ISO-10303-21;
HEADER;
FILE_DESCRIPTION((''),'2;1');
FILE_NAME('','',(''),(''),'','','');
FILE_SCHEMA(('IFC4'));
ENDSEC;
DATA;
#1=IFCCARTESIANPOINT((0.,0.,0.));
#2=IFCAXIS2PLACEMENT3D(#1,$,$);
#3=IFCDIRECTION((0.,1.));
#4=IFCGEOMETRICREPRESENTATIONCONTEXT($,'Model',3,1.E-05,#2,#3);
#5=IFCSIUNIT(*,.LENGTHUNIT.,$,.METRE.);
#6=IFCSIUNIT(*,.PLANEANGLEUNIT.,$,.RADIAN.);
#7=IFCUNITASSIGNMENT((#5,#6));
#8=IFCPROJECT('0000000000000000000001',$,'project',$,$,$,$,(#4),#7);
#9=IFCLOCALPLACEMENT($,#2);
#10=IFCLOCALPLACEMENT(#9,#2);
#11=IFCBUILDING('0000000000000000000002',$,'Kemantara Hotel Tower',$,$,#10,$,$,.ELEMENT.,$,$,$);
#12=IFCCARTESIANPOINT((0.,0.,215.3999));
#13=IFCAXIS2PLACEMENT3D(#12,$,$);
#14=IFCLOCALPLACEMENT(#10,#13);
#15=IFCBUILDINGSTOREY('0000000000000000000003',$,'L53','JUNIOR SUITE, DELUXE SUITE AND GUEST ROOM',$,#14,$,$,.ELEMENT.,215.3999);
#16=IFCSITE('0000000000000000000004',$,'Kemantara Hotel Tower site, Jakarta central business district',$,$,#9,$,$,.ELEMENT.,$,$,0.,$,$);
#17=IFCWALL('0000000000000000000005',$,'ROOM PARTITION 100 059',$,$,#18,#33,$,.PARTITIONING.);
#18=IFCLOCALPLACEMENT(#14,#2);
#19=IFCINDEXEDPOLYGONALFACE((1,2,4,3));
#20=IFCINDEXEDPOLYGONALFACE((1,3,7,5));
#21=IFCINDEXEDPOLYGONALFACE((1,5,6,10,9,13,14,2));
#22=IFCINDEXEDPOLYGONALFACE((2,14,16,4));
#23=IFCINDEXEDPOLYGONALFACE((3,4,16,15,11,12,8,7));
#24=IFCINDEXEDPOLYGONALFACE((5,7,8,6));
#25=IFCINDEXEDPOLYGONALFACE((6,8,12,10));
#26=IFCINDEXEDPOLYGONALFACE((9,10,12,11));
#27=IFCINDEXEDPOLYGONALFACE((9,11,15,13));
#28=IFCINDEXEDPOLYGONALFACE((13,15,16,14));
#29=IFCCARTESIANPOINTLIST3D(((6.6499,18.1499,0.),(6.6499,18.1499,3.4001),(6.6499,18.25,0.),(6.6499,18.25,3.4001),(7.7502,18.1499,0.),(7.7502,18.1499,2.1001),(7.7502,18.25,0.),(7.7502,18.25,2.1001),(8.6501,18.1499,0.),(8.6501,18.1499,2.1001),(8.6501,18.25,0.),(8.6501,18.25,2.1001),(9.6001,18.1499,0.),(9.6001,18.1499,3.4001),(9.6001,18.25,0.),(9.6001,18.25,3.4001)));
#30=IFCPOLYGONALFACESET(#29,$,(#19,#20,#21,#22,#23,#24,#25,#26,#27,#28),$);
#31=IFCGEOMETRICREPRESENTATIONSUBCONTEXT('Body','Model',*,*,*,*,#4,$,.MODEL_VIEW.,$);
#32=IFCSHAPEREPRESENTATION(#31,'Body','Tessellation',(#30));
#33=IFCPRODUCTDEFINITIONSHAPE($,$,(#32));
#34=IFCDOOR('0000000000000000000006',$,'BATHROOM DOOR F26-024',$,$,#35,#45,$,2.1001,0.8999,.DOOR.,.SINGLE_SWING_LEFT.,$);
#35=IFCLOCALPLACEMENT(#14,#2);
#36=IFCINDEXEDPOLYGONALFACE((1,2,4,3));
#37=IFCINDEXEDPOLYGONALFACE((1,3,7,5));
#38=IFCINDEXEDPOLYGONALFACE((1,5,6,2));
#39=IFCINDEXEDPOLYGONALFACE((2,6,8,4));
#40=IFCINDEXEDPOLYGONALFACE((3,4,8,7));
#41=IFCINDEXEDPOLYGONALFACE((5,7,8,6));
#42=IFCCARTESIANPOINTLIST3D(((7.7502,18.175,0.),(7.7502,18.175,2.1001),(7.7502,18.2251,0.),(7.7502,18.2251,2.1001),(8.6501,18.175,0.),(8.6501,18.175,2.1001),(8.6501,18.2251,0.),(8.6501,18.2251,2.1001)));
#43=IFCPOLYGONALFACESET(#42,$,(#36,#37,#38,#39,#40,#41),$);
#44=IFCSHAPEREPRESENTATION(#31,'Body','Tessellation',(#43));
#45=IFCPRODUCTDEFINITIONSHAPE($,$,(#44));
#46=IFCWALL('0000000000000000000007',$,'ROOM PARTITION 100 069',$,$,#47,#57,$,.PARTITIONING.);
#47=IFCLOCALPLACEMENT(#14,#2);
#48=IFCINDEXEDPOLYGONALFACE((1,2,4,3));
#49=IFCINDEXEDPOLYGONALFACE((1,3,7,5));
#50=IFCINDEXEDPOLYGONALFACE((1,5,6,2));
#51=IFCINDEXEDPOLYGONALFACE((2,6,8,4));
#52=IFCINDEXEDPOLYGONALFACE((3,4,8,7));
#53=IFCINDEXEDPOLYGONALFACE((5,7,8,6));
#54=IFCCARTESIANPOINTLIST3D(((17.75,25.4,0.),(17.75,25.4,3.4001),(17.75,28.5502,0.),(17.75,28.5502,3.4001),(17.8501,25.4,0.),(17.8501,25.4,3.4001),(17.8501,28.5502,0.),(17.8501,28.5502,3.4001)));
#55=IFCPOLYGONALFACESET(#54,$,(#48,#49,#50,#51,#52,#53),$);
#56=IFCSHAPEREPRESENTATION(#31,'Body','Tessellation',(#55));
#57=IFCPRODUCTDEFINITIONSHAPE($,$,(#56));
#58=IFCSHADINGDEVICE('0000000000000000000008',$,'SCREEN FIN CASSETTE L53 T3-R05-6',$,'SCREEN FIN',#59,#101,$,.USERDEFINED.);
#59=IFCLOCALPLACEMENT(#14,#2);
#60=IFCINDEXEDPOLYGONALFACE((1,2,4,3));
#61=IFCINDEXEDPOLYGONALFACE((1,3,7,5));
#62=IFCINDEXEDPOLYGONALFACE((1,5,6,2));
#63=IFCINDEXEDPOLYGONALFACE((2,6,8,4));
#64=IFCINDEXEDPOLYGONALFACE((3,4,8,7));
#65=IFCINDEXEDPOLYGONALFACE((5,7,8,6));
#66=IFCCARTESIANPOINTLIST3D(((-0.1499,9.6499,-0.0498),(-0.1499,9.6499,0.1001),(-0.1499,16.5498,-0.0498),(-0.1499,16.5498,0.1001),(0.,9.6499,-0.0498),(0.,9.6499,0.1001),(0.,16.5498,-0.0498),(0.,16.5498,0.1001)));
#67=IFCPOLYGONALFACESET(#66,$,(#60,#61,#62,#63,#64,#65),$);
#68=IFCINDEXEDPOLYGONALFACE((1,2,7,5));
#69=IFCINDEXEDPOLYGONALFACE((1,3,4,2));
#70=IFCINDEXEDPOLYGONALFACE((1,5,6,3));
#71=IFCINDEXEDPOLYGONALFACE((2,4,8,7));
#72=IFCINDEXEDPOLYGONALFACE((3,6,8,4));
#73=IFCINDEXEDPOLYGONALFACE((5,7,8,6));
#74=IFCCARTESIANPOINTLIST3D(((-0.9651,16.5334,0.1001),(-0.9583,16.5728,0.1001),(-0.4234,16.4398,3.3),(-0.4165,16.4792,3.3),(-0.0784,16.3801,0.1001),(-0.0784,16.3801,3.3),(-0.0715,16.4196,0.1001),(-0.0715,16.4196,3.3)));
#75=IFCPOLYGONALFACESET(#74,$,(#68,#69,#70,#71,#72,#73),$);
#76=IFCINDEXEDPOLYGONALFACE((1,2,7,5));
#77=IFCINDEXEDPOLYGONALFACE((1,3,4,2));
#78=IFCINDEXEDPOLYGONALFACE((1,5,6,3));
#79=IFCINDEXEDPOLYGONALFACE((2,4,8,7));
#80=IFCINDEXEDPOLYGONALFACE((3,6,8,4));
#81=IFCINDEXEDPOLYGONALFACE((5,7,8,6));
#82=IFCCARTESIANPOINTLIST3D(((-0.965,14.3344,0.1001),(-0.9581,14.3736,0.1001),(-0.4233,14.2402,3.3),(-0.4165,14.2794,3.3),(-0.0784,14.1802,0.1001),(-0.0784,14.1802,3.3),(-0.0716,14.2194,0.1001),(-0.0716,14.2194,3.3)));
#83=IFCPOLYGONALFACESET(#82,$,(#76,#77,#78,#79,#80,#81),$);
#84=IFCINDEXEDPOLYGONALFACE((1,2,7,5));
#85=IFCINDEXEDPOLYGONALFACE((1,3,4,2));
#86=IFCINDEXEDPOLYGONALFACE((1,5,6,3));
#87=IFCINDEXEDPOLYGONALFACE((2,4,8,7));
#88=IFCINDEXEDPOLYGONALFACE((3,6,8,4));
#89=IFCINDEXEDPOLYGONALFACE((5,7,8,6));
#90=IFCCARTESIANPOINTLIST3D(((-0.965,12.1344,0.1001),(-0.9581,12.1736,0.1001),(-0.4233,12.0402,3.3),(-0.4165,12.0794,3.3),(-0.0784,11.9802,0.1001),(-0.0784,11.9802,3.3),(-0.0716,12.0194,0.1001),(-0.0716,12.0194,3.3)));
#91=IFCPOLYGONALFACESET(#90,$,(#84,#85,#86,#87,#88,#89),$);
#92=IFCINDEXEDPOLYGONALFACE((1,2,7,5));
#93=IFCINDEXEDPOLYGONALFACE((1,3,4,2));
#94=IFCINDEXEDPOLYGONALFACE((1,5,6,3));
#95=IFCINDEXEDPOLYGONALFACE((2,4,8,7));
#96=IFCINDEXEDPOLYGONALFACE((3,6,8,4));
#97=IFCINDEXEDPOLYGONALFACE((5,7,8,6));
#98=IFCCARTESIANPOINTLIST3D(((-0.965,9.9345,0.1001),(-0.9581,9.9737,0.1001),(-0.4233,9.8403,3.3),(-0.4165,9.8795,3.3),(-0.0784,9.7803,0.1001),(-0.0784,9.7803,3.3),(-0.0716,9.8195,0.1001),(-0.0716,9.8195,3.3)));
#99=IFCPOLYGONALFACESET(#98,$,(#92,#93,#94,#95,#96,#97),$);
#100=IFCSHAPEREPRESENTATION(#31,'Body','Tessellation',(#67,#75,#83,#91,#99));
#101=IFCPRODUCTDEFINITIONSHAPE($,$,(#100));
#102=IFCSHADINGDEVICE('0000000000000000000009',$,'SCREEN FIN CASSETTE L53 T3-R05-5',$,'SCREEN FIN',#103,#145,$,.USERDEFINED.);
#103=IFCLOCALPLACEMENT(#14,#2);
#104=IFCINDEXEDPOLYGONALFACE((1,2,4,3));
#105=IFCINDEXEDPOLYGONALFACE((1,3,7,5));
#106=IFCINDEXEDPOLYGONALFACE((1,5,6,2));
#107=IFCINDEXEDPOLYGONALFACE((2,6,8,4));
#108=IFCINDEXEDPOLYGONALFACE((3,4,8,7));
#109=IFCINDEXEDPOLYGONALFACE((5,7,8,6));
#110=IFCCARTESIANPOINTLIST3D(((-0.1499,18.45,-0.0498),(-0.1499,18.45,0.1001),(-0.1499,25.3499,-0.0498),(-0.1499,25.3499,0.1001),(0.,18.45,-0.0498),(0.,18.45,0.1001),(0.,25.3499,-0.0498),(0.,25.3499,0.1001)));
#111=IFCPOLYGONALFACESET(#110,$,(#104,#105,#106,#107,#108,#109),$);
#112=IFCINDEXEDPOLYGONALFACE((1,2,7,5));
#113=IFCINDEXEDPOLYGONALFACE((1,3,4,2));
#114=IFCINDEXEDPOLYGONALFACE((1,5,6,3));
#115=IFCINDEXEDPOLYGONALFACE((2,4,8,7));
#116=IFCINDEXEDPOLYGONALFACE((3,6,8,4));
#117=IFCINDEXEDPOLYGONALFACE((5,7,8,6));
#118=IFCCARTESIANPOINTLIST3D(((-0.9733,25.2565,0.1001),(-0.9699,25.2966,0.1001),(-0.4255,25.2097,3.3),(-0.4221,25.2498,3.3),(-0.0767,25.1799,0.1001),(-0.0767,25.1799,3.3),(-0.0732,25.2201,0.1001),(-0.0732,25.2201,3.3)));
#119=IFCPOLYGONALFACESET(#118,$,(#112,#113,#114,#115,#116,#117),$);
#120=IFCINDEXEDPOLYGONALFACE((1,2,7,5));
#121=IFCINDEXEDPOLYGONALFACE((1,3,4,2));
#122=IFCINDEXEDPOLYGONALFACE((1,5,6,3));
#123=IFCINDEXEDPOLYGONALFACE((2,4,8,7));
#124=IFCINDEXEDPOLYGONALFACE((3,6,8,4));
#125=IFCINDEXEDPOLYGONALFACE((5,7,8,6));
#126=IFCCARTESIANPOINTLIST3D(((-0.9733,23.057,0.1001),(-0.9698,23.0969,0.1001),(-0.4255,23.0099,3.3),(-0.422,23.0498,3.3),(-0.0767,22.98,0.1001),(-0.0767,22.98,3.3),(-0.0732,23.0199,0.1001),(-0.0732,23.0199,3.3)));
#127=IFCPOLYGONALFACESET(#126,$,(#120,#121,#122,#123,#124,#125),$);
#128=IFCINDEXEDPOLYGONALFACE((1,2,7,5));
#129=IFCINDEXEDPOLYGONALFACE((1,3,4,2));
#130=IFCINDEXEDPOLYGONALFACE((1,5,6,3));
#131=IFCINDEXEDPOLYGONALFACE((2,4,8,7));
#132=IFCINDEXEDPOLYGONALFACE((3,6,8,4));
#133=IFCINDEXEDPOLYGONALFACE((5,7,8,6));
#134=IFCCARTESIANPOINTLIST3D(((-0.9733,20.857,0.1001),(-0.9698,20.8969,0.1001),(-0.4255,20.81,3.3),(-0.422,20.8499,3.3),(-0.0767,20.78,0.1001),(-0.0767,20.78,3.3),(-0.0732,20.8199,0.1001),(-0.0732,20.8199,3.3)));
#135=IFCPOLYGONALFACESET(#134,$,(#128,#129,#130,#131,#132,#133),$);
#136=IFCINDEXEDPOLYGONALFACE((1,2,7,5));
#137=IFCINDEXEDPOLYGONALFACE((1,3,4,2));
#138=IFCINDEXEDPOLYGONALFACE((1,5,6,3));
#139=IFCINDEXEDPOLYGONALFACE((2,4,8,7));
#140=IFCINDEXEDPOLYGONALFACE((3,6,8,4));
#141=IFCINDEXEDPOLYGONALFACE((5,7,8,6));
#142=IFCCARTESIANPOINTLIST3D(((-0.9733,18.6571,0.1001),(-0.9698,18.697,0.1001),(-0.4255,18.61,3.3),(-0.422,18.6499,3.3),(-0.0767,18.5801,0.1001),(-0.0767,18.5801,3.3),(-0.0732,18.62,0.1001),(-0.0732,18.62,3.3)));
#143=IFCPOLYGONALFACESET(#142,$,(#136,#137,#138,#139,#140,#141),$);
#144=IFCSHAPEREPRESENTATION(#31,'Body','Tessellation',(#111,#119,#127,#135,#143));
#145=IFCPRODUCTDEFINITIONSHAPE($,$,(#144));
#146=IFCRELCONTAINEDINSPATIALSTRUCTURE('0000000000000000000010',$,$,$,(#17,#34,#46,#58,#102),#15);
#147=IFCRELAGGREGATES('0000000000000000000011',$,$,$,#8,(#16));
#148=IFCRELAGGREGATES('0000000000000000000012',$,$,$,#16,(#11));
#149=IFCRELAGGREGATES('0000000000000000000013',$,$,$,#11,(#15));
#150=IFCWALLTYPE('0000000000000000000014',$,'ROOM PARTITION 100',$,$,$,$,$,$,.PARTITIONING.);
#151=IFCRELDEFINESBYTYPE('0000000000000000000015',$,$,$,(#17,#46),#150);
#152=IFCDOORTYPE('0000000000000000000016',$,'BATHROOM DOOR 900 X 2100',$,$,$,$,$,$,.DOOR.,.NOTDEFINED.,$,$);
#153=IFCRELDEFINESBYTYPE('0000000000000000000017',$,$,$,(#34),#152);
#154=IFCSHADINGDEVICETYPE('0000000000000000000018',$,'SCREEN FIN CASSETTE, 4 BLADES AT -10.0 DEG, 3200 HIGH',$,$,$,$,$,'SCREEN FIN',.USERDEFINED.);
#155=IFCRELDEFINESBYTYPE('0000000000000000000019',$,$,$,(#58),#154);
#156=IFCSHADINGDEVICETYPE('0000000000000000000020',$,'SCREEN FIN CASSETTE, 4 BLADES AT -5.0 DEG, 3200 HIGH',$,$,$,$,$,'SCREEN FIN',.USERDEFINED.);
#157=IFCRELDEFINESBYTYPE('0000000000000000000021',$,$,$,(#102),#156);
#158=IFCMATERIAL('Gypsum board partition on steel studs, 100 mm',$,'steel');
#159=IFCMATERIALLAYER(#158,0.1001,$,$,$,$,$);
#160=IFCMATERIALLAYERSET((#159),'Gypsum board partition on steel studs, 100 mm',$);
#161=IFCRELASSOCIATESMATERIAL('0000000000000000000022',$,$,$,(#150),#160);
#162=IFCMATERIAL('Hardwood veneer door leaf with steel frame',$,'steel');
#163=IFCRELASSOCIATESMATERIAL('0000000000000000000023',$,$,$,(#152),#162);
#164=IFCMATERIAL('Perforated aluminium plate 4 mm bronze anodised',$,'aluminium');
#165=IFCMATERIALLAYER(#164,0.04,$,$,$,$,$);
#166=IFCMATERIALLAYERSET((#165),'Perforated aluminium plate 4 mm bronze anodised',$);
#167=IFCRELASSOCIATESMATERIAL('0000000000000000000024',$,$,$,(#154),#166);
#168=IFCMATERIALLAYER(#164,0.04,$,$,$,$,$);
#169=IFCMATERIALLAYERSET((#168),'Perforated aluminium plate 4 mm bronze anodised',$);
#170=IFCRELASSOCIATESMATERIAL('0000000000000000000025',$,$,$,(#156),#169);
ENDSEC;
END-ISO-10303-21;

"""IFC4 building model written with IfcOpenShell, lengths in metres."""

from ifc_helpers import new_model, si_unit, direction, frame, frame_2d, origin, origin_2d, place, context, subcontext, project, spatial, polyline, rectangle, outline, extrude, source, transform, mapped, material, layer, layer_set, type_object, element, fill, save


model = new_model("IFC4")

# Units and contexts
model_context = context("Model", 3, precision=1e-05, world=origin(), true_north=direction((0.0, 1.0)))
body_context = subcontext(model_context, "Body", "Model", "MODEL_VIEW")
ifc_project = project(units=[si_unit("LENGTHUNIT", "METRE"), si_unit("PLANEANGLEUNIT", "RADIAN")], contexts=[model_context])

# Site, building, storey
site_placement = place(None, origin())
site = spatial("IfcSite", under=ifc_project, at=site_placement, Name="Kemantara Hotel Tower site, Jakarta central business district", CompositionType="ELEMENT", RefElevation=0.0)
building_placement = place(site_placement, origin())
building = spatial("IfcBuilding", under=site, at=building_placement, Name="Kemantara Hotel Tower", CompositionType="ELEMENT")
storey_placement = place(building_placement, frame((0.0, 0.0, 215.3999)))
storey = spatial("IfcBuildingStorey", under=building, at=storey_placement, Name="L53", Description="JUNIOR SUITE, DELUXE SUITE AND GUEST ROOM", CompositionType="ELEMENT", Elevation=215.3999)

# Shared definitions
ifc_material_1 = material(Name="Gypsum board partition on steel studs, 100 mm", Category="steel")
ifc_layer_1 = layer(ifc_material_1, 0.1001)
ifc_layer_set_1 = layer_set([ifc_layer_1], Name="Gypsum board partition on steel studs, 100 mm")
wall_type_1 = type_object("IfcWallType", Name="ROOM PARTITION 100", PredefinedType="PARTITIONING", material=ifc_layer_set_1)

# Wall, opening, door
wall_1_placement = place(storey_placement, frame((9.6001, 18.2, 0.0), z_axis=(0.0, 0.0, 1.0), x_axis=(-1.0, 0.0, 0.0)))
wall_1 = element("IfcWall", 1, at=wall_1_placement, inside=storey, type_object=wall_type_1, Name="ROOM PARTITION 100 059", PredefinedType="PARTITIONING", context=body_context, shape_type="SweptSolid", body=[
    extrude(rectangle(XDim=2.9502, YDim=0.1001, at=frame_2d((1.4751, 0.0))), origin(), (0.0, 0.0, 1.0), 3.4001),
])
opening_placement = place(wall_1_placement, frame((0.95, 0.0, 0.0)))
opening = element("IfcOpeningElement", 2, at=opening_placement, cuts=wall_1, PredefinedType="OPENING", context=body_context, shape_type="SweptSolid", body=[
    extrude(rectangle(XDim=0.8999, YDim=2.1001, at=frame_2d((0.45, 1.05))), frame((0.0, 0.0601, 0.0), z_axis=(0.0, -1.0, 0.0), x_axis=(1.0, 0.0, 0.0)), (0.0, 0.0, 1.0), 0.1201),
])
ifc_material_2 = material(Name="Hardwood veneer door leaf with steel frame", Category="steel")
door_type = type_object("IfcDoorType", Name="BATHROOM DOOR 900 X 2100", OperationType="NOTDEFINED", PredefinedType="DOOR", material=ifc_material_2)
door_placement = place(opening_placement, origin())
door = element("IfcDoor", 3, at=door_placement, inside=storey, type_object=door_type, Name="BATHROOM DOOR F26-024", OperationType="SINGLE_SWING_LEFT", OverallHeight=2.1001, OverallWidth=0.8999, PredefinedType="DOOR", context=body_context, shape_type="SweptSolid", body=[
    extrude(rectangle(XDim=0.8999, YDim=2.1001, at=frame_2d((0.45, 1.05))), frame((0.0, 0.0249, 0.0), z_axis=(0.0, -1.0, 0.0), x_axis=(1.0, 0.0, 0.0)), (0.0, 0.0, 1.0), 0.05),
])
fill(opening, door)

# Wall
wall_2_placement = place(storey_placement, frame((17.8, 25.3999, 0.0), z_axis=(0.0, 0.0, 1.0), x_axis=(0.0, 1.0, 0.0)))
element("IfcWall", 4, at=wall_2_placement, inside=storey, type_object=wall_type_1, Name="ROOM PARTITION 100 069", PredefinedType="PARTITIONING", context=body_context, shape_type="SweptSolid", body=[
    extrude(rectangle(XDim=3.1501, YDim=0.1001, at=frame_2d((1.5752, 0.0))), origin(), (0.0, 0.0, 1.0), 3.4001),
])

# Shading devices
ifc_material_3 = material(Name="Perforated aluminium plate 4 mm bronze anodised", Category="aluminium")
ifc_layer_2 = layer(ifc_material_3, 0.04)
ifc_layer_set_2 = layer_set([ifc_layer_2], Name="Perforated aluminium plate 4 mm bronze anodised")
shading_device_type_1 = type_object("IfcShadingDeviceType", Name="SCREEN FIN CASSETTE, 4 BLADES AT -10.0 DEG, 3200 HIGH", ElementType="SCREEN FIN", PredefinedType="USERDEFINED", material=ifc_layer_set_2)
shared_shape_1 = source(origin(), body_context, "Body", "SweptSolid", [
    extrude(rectangle(XDim=6.8999, YDim=0.1499, at=origin_2d()), frame((3.3, -0.075, -0.1499), z_axis=(0.0, 0.0, 1.0), x_axis=(1.0, 0.0, 0.0)), (0.0, 0.0, 1.0), 0.1499),
    extrude(outline(polyline([(0.0, 0.0), (0.8999, 0.0), (0.3501, 3.2), (0.0, 3.2), (0.0, 0.0)])), frame((0.0198, -0.0784, 0.0), z_axis=(-0.98539, 0.170314, 0.0), x_axis=(-0.170314, -0.98539, 0.0)), (0.0, 0.0, 1.0), 0.04),
    extrude(outline(polyline([(0.0, 0.0), (0.8999, 0.0), (0.3501, 3.2), (0.0, 3.2), (0.0, 0.0)])), frame((2.2197, -0.0784, 0.0), z_axis=(-0.985212, 0.171341, 0.0), x_axis=(-0.171341, -0.985212, 0.0)), (0.0, 0.0, 1.0), 0.0398),
    extrude(outline(polyline([(0.0, 0.0), (0.8999, 0.0), (0.3501, 3.2), (0.0, 3.2), (0.0, 0.0)])), frame((4.4197, -0.0784, 0.0), z_axis=(-0.985212, 0.171341, 0.0), x_axis=(-0.171341, -0.985212, 0.0)), (0.0, 0.0, 1.0), 0.0398),
    extrude(outline(polyline([(0.0, 0.0), (0.8999, 0.0), (0.3501, 3.2), (0.0, 3.2), (0.0, 0.0)])), frame((6.6196, -0.0784, 0.0), z_axis=(-0.985212, 0.171341, 0.0), x_axis=(-0.171341, -0.985212, 0.0)), (0.0, 0.0, 1.0), 0.0398),
])
shading_device_1_placement = place(storey_placement, frame((0.0, 16.3999, 0.1001), z_axis=(0.0, 0.0, 1.0), x_axis=(0.0, -1.0, 0.0)))
element("IfcShadingDevice", 5, at=shading_device_1_placement, inside=storey, type_object=shading_device_type_1, Name="SCREEN FIN CASSETTE L53 T3-R05-6", ObjectType="SCREEN FIN", PredefinedType="USERDEFINED", context=body_context, shape_type="MappedRepresentation", body=[
    mapped(shared_shape_1, transform((0.0, 0.0, 0.0))),
])
ifc_layer_3 = layer(ifc_material_3, 0.04)
ifc_layer_set_3 = layer_set([ifc_layer_3], Name="Perforated aluminium plate 4 mm bronze anodised")
shading_device_type_2 = type_object("IfcShadingDeviceType", Name="SCREEN FIN CASSETTE, 4 BLADES AT -5.0 DEG, 3200 HIGH", ElementType="SCREEN FIN", PredefinedType="USERDEFINED", material=ifc_layer_set_3)
shared_shape_2 = source(origin(), body_context, "Body", "SweptSolid", [
    extrude(rectangle(XDim=6.8999, YDim=0.1499, at=origin_2d()), frame((3.3, -0.075, -0.1499), z_axis=(0.0, 0.0, 1.0), x_axis=(1.0, 0.0, 0.0)), (0.0, 0.0, 1.0), 0.1499),
    extrude(outline(polyline([(0.0, 0.0), (0.8999, 0.0), (0.3501, 3.2), (0.0, 3.2), (0.0, 0.0)])), frame((0.02, -0.0767, 0.0), z_axis=(-0.996376, 0.085056, 0.0), x_axis=(-0.085056, -0.996376, 0.0)), (0.0, 0.0, 1.0), 0.0403),
    extrude(outline(polyline([(0.0, 0.0), (0.8999, 0.0), (0.3501, 3.2), (0.0, 3.2), (0.0, 0.0)])), frame((2.22, -0.0767, 0.0), z_axis=(-0.996332, 0.085575, 0.0), x_axis=(-0.085575, -0.996332, 0.0)), (0.0, 0.0, 1.0), 0.04),
    extrude(outline(polyline([(0.0, 0.0), (0.8999, 0.0), (0.3501, 3.2), (0.0, 3.2), (0.0, 0.0)])), frame((4.4199, -0.0767, 0.0), z_axis=(-0.996332, 0.085575, 0.0), x_axis=(-0.085575, -0.996332, 0.0)), (0.0, 0.0, 1.0), 0.04),
    extrude(outline(polyline([(0.0, 0.0), (0.8999, 0.0), (0.3501, 3.2), (0.0, 3.2), (0.0, 0.0)])), frame((6.6199, -0.0767, 0.0), z_axis=(-0.996332, 0.085575, 0.0), x_axis=(-0.085575, -0.996332, 0.0)), (0.0, 0.0, 1.0), 0.04),
])
shading_device_2_placement = place(storey_placement, frame((0.0, 25.2, 0.1001), z_axis=(0.0, 0.0, 1.0), x_axis=(0.0, -1.0, 0.0)))
element("IfcShadingDevice", 6, at=shading_device_2_placement, inside=storey, type_object=shading_device_type_2, Name="SCREEN FIN CASSETTE L53 T3-R05-5", ObjectType="SCREEN FIN", PredefinedType="USERDEFINED", context=body_context, shape_type="MappedRepresentation", body=[
    mapped(shared_shape_2, transform((0.0, 0.0, 0.0))),
])

save(model, "model.ifc")
